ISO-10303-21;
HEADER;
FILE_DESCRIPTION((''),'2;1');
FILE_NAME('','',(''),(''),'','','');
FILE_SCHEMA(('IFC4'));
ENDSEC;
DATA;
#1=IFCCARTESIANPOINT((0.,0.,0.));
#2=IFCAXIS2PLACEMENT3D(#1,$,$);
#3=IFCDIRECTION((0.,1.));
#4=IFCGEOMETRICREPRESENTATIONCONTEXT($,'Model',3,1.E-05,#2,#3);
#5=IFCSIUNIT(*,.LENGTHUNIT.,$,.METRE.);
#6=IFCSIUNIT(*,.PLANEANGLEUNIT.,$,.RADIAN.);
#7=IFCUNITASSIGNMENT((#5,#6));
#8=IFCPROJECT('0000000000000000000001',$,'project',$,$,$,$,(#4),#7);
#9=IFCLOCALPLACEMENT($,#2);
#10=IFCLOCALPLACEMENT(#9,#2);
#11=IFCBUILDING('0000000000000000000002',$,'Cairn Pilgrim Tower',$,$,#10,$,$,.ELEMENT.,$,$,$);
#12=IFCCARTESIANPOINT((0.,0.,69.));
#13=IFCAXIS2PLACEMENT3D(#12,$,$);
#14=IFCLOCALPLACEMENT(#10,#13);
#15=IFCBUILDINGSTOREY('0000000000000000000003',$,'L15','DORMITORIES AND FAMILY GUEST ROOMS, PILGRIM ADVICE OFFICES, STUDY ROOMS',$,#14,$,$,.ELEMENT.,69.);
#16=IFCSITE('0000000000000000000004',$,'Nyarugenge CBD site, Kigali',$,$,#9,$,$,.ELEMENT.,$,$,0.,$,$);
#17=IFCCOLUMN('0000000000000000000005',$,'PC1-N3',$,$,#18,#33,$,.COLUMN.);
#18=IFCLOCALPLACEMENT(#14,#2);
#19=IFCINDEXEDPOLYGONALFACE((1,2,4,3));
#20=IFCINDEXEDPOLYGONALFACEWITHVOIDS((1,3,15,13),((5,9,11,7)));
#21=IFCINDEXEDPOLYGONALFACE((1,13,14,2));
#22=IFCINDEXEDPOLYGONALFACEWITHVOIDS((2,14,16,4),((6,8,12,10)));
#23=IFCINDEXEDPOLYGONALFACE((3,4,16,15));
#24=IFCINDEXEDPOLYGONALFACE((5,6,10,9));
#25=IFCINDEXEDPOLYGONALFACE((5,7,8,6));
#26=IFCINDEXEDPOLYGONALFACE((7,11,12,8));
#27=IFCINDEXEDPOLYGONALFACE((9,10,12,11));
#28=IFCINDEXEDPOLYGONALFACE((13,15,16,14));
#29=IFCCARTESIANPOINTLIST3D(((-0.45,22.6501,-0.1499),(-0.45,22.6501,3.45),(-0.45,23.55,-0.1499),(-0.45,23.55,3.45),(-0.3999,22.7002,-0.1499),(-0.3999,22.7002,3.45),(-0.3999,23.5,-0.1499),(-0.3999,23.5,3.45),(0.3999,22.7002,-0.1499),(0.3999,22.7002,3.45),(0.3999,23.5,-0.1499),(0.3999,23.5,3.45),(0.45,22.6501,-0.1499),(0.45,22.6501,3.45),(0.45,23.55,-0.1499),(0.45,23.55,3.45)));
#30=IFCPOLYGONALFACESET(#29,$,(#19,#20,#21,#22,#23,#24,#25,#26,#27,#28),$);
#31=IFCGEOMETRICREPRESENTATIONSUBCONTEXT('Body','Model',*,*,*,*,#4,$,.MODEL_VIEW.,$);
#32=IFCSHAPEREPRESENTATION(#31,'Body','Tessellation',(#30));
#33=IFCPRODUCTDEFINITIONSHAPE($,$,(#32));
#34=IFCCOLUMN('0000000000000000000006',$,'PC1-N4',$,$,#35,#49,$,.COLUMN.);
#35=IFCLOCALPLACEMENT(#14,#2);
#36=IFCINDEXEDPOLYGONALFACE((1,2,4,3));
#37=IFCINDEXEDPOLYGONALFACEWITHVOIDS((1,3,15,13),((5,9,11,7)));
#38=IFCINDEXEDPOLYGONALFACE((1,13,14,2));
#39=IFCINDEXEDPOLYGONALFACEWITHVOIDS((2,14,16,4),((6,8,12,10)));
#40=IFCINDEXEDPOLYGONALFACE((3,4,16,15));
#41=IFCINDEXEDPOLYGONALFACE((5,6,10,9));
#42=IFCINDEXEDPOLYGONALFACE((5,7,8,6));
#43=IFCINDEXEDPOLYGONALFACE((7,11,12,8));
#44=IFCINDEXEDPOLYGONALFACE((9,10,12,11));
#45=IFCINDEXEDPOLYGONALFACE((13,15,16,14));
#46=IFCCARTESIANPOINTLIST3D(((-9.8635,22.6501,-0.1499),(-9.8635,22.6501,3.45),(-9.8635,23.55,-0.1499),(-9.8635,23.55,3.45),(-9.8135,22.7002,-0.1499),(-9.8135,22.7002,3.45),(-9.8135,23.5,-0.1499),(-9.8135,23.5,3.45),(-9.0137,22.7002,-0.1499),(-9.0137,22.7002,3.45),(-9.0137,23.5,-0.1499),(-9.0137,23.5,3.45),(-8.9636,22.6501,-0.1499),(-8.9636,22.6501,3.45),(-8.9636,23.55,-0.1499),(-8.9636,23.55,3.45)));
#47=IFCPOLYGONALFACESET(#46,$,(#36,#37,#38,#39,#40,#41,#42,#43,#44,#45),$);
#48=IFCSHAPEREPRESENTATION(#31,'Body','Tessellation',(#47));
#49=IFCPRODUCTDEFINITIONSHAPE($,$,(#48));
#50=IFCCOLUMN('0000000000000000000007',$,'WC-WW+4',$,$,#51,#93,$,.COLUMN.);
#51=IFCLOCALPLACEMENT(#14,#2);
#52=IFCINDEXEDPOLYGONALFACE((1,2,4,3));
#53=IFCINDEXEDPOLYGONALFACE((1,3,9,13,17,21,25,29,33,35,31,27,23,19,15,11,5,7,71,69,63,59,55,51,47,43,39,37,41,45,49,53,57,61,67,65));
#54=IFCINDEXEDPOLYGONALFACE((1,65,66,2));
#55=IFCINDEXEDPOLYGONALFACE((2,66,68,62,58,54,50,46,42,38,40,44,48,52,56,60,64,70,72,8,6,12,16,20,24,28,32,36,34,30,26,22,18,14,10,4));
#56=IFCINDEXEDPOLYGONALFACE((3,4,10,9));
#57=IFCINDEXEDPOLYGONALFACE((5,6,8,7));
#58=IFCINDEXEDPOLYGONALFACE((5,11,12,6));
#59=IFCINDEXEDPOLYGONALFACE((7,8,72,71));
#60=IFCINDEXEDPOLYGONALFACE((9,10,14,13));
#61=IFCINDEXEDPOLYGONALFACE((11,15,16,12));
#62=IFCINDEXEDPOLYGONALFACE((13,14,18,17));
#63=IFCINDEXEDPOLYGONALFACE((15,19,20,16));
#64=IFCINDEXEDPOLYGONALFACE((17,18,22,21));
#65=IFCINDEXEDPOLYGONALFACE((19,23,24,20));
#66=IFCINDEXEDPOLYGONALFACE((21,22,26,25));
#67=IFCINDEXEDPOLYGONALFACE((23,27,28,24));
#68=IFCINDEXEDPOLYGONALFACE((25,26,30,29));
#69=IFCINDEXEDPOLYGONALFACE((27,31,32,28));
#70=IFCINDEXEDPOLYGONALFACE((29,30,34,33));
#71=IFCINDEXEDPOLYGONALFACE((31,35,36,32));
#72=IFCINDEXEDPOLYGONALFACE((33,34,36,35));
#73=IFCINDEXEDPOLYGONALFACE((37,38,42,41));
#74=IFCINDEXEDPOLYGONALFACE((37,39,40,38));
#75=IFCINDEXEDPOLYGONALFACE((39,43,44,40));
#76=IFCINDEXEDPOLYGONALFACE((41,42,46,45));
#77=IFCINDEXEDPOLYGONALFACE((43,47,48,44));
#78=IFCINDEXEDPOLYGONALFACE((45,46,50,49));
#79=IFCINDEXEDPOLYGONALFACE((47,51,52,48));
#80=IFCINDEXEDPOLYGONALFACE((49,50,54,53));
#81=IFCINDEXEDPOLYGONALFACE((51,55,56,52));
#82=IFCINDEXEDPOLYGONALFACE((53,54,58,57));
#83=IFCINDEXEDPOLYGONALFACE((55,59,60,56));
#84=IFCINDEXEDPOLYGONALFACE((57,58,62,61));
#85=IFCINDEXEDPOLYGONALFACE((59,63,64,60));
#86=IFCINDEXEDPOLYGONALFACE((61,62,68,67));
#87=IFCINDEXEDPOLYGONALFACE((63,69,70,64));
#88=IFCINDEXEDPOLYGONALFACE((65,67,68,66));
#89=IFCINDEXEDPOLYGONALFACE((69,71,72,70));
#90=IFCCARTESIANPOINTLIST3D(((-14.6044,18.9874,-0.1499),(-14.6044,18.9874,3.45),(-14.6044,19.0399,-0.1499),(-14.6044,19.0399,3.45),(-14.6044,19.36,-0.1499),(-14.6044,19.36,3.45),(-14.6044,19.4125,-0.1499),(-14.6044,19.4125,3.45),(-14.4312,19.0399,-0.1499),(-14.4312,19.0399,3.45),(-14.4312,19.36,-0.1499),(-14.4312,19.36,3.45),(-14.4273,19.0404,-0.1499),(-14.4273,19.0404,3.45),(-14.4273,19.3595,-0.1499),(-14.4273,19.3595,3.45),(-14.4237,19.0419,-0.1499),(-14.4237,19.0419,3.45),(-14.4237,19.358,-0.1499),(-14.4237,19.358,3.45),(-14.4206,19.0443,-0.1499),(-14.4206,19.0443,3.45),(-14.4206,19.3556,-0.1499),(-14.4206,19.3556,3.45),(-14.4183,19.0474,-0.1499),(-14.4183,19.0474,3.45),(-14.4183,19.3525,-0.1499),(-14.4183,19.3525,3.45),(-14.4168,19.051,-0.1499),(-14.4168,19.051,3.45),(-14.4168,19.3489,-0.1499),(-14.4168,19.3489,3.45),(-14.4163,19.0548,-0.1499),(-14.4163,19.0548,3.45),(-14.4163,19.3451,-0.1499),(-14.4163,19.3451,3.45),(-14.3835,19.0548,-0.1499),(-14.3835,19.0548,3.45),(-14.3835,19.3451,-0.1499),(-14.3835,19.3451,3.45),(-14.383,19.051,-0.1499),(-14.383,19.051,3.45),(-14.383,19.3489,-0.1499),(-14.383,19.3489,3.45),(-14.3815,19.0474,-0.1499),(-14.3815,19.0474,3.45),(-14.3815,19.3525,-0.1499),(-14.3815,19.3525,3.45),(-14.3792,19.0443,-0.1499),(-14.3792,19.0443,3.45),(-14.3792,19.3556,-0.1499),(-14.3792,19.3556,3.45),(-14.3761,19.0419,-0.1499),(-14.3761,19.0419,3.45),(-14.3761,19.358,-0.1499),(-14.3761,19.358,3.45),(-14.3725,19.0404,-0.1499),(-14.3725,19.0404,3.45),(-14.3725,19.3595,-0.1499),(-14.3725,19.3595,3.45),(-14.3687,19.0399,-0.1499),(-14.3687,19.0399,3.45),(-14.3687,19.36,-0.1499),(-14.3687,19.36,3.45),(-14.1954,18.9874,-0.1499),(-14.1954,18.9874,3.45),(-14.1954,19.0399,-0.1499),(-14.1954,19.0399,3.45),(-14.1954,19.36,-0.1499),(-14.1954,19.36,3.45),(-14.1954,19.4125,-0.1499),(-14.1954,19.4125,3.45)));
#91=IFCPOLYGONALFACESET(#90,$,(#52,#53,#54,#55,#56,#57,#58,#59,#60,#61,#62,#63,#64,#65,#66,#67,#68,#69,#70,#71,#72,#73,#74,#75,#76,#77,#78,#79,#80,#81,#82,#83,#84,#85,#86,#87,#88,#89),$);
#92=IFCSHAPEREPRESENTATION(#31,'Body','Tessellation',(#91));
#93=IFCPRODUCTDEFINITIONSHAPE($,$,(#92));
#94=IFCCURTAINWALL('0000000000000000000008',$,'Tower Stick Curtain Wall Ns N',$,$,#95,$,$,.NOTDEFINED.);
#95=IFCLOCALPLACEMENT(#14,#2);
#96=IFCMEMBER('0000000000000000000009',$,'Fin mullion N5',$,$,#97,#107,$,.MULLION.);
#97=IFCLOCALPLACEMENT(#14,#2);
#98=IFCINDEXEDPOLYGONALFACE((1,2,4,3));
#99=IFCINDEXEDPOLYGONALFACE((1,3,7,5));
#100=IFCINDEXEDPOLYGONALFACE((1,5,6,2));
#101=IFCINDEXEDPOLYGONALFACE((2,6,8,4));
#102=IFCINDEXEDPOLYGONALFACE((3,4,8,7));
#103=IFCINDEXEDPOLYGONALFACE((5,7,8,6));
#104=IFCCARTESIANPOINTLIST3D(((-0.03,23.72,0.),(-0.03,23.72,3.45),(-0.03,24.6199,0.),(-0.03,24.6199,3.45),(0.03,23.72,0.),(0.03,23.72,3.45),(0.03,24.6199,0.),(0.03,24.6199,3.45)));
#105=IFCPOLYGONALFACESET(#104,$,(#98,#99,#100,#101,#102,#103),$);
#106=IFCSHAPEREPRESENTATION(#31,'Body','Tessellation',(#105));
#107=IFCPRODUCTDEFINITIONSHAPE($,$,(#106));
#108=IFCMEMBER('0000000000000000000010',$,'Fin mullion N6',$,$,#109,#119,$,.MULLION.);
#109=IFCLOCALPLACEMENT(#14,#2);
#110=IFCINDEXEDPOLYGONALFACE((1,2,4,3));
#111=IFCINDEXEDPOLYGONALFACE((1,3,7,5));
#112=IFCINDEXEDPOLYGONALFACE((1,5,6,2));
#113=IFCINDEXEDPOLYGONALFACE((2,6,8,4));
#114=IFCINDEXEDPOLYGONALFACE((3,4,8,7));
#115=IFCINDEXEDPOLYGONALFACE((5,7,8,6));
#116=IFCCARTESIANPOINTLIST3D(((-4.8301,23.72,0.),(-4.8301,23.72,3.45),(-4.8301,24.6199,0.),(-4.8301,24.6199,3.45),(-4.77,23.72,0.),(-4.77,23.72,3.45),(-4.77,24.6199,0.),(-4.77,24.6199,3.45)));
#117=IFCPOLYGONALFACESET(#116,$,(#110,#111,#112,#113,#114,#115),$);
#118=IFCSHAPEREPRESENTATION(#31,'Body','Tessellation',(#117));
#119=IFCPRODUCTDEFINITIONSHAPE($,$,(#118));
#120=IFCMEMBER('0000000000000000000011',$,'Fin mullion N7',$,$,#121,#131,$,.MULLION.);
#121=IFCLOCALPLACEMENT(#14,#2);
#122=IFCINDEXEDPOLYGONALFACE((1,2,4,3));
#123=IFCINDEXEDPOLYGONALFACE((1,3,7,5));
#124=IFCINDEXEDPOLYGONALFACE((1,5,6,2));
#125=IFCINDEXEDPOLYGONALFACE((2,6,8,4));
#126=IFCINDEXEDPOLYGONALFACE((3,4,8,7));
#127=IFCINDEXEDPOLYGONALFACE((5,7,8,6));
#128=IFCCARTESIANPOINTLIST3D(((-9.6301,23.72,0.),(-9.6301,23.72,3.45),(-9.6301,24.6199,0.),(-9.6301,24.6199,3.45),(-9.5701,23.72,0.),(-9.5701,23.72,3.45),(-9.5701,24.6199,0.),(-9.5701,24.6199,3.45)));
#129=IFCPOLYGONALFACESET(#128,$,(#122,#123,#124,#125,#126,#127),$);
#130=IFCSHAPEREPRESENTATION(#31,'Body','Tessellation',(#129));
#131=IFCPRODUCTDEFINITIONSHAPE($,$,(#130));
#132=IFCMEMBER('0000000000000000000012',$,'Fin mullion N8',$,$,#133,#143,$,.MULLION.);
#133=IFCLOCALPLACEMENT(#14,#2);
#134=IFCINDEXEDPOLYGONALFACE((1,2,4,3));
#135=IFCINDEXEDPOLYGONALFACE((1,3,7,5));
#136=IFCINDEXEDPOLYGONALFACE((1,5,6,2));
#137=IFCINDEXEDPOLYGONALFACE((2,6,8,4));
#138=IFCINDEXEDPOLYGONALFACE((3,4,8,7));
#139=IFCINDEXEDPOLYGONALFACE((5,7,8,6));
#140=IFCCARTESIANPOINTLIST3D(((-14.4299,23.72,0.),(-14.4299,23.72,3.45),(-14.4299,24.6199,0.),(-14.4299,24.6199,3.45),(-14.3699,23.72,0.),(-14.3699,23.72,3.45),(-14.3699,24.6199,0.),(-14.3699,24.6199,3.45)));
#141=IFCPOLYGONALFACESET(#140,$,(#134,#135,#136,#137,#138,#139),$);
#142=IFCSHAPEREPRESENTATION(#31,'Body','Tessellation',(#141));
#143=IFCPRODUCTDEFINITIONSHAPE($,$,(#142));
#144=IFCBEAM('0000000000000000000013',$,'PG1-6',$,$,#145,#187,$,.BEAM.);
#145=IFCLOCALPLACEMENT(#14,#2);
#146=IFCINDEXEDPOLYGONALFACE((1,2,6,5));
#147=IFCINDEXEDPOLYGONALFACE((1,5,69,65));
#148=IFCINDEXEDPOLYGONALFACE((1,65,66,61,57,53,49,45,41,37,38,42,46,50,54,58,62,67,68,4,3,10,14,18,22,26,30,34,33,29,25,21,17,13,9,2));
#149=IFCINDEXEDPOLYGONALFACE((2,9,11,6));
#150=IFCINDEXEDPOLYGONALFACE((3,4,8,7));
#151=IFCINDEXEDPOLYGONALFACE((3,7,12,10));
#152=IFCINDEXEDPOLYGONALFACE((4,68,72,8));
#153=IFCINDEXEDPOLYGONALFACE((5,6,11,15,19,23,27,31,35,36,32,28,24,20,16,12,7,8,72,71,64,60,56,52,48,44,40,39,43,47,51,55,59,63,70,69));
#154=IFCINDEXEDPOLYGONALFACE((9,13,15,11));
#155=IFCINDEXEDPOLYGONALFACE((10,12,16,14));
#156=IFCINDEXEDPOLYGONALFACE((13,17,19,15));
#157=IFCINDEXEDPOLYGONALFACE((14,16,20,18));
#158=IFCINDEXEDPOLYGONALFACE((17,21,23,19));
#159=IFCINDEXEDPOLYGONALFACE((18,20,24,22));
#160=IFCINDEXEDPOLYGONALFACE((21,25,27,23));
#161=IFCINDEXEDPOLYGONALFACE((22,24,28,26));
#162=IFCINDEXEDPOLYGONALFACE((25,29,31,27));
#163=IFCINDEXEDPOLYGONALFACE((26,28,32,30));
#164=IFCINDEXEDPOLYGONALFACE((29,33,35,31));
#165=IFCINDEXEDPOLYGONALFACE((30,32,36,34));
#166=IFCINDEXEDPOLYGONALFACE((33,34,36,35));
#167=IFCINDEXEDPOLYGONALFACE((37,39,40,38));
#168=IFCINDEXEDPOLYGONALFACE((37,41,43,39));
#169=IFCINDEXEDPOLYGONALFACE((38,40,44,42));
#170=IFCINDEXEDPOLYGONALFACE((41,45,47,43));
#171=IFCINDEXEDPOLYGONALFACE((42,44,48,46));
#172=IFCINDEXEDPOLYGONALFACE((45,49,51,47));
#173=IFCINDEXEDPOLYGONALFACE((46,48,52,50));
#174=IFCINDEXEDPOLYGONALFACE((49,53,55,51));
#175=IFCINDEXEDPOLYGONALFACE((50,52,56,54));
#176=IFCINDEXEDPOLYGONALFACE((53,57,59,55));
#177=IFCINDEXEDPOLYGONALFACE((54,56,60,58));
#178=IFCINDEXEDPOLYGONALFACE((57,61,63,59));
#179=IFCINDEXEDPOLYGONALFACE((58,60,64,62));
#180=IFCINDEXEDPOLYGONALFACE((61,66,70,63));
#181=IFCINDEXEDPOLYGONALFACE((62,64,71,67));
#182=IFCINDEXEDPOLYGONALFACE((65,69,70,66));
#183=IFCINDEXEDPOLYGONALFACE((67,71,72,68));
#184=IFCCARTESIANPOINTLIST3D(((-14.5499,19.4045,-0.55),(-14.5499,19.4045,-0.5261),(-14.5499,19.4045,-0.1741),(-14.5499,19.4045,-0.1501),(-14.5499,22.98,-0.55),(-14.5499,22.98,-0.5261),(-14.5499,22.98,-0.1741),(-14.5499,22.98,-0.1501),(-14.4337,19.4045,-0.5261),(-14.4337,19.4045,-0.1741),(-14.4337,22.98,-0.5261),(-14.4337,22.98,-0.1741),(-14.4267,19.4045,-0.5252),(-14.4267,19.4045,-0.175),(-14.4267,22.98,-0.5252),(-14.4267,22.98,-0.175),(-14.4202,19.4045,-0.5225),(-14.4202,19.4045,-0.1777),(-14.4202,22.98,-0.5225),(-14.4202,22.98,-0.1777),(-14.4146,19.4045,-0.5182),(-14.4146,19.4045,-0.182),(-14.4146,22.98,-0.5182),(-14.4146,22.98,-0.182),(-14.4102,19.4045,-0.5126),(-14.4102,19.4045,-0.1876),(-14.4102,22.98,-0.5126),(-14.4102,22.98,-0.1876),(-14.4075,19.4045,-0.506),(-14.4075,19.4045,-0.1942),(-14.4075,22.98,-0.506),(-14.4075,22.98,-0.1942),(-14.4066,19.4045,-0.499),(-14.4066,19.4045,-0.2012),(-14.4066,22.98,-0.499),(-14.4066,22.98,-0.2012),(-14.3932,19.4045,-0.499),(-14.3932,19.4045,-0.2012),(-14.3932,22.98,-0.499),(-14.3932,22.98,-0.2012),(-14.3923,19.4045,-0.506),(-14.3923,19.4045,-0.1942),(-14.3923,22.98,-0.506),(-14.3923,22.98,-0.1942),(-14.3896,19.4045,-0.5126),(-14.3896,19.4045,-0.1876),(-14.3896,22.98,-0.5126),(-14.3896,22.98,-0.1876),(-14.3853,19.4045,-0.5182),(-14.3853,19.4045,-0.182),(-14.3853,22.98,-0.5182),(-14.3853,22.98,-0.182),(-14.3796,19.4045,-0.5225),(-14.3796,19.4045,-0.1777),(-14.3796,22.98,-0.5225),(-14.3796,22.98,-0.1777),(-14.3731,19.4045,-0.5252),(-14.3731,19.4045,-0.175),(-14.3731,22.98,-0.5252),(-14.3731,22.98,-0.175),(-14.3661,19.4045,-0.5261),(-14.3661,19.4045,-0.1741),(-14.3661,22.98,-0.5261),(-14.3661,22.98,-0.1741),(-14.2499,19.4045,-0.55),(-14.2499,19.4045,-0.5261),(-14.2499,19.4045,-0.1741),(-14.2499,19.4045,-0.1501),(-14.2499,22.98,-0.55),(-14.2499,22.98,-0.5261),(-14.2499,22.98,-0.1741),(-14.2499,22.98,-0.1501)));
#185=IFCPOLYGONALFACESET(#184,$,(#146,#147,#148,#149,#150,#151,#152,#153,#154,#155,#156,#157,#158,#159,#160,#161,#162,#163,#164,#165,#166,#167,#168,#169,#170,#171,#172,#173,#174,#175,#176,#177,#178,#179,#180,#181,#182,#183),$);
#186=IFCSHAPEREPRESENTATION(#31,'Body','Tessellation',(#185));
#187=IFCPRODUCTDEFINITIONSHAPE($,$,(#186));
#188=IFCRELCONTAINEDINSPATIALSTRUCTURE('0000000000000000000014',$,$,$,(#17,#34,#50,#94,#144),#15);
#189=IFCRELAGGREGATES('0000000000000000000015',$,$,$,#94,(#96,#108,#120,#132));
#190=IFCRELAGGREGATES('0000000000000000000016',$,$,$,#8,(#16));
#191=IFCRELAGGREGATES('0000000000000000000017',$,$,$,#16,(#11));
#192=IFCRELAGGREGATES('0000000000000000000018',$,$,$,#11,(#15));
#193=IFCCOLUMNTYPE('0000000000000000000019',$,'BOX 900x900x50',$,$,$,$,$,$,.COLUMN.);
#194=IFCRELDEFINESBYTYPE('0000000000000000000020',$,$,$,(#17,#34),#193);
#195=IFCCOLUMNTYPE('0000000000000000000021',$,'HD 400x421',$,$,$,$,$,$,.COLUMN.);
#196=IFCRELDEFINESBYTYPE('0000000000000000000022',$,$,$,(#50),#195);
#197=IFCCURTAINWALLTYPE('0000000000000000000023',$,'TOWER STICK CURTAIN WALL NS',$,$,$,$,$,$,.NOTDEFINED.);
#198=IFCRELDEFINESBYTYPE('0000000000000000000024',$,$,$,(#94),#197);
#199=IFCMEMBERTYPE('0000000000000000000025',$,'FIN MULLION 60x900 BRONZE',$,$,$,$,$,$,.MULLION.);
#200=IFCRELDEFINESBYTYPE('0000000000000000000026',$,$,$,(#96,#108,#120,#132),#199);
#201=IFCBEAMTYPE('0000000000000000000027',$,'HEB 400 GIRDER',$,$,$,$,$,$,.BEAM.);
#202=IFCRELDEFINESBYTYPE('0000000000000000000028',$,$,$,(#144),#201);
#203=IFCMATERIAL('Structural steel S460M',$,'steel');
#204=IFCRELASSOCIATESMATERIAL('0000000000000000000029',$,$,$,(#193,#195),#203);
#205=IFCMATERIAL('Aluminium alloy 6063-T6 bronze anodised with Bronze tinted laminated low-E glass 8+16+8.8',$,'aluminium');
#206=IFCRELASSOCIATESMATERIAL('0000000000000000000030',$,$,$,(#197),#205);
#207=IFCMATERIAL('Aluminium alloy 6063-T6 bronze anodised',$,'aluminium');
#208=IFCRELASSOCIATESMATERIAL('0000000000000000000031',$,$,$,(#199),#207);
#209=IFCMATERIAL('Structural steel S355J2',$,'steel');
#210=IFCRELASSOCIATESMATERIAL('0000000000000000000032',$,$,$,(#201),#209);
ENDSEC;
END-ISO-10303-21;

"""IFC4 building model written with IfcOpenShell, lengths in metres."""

from ifc_helpers import new_model, si_unit, direction, frame, origin, origin_2d, place, context, subcontext, project, spatial, rectangle, hollow_rectangle, i_section, extrude, material, material_profile, profile_set, type_object, element, aggregate, save


model = new_model("IFC4")

# Units and contexts
model_context = context("Model", 3, precision=1e-05, world=origin(), true_north=direction((0.0, 1.0)))
body_context = subcontext(model_context, "Body", "Model", "MODEL_VIEW")
ifc_project = project(units=[si_unit("LENGTHUNIT", "METRE"), si_unit("PLANEANGLEUNIT", "RADIAN")], contexts=[model_context])

# Site, building, storey
site_placement = place(None, origin())
site = spatial("IfcSite", under=ifc_project, at=site_placement, Name="Nyarugenge CBD site, Kigali", CompositionType="ELEMENT", RefElevation=0.0)
building_placement = place(site_placement, origin())
building = spatial("IfcBuilding", under=site, at=building_placement, Name="Cairn Pilgrim Tower", CompositionType="ELEMENT")
storey_placement = place(building_placement, frame((0.0, 0.0, 69.0)))
storey = spatial("IfcBuildingStorey", under=building, at=storey_placement, Name="L15", Description="DORMITORIES AND FAMILY GUEST ROOMS, PILGRIM ADVICE OFFICES, STUDY ROOMS", CompositionType="ELEMENT", Elevation=69.0)

# Columns
ifc_material_1 = material(Name="Structural steel S460M", Category="steel")
ifc_material_profile_1 = material_profile(ifc_material_1, hollow_rectangle(XDim=0.8999, YDim=0.8999, WallThickness=0.05, at=origin_2d()), Name="BOX 900x900x50")
ifc_profile_set_1 = profile_set([ifc_material_profile_1], Name="Structural steel S460M")
column_type_1 = type_object("IfcColumnType", Name="BOX 900x900x50", PredefinedType="COLUMN", material=ifc_profile_set_1)
for number, where, z_axis, x_axis, name in (
    (1, (0.0, 23.1001, -0.1499), (0.0, 0.0, 1.0), (1.0, 0.0, 0.0), "PC1-N3"),
    (2, (-9.4136, 23.1001, -0.1499), (0.0, 0.0, 1.0), (1.0, 0.0, 0.0), "PC1-N4"),
):
    element("IfcColumn", number, at=place(storey_placement, frame(where, z_axis=z_axis, x_axis=x_axis)), inside=storey, type_object=column_type_1, Name=name, PredefinedType="COLUMN", context=body_context, shape_type="SweptSolid", body=[
        extrude(hollow_rectangle(XDim=0.8999, YDim=0.8999, WallThickness=0.05, at=origin_2d()), origin(), (0.0, 0.0, 1.0), 3.5999),
    ])
ifc_material_profile_2 = material_profile(ifc_material_1, i_section(OverallWidth=0.4089, OverallDepth=0.425, WebThickness=0.0327, FlangeThickness=0.0525, FilletRadius=0.0149, at=origin_2d()), Name="HD 400x421")
ifc_profile_set_2 = profile_set([ifc_material_profile_2], Name="Structural steel S460M")
column_type_2 = type_object("IfcColumnType", Name="HD 400x421", PredefinedType="COLUMN", material=ifc_profile_set_2)
column_placement = place(storey_placement, frame((-14.3999, 19.2, -0.1499), z_axis=(0.0, 0.0, 1.0), x_axis=(1.0, 0.0, 0.0)))
element("IfcColumn", 3, at=column_placement, inside=storey, type_object=column_type_2, Name="WC-WW+4", PredefinedType="COLUMN", context=body_context, shape_type="SweptSolid", body=[
    extrude(i_section(OverallWidth=0.4089, OverallDepth=0.425, WebThickness=0.0327, FlangeThickness=0.0525, FilletRadius=0.0149, at=origin_2d()), origin(), (0.0, 0.0, 1.0), 3.5999),
])

# Curtain wall, members
ifc_material_2 = material(Name="Aluminium alloy 6063-T6 bronze anodised with Bronze tinted laminated low-E glass 8+16+8.8", Category="aluminium")
curtain_wall_type = type_object("IfcCurtainWallType", Name="TOWER STICK CURTAIN WALL NS", PredefinedType="NOTDEFINED", material=ifc_material_2)
curtain_wall_placement = place(storey_placement, origin())
curtain_wall = element("IfcCurtainWall", 4, at=curtain_wall_placement, inside=storey, type_object=curtain_wall_type, Name="Tower Stick Curtain Wall Ns N", PredefinedType="NOTDEFINED")
ifc_material_3 = material(Name="Aluminium alloy 6063-T6 bronze anodised", Category="aluminium")
ifc_material_profile_3 = material_profile(ifc_material_3, rectangle(XDim=0.8999, YDim=0.0601, at=origin_2d()), Name="FIN MULLION 60x900 BRONZE")
ifc_profile_set_3 = profile_set([ifc_material_profile_3], Name="Aluminium alloy 6063-T6 bronze anodised")
member_type_1 = type_object("IfcMemberType", Name="FIN MULLION 60x900 BRONZE", PredefinedType="MULLION", material=ifc_profile_set_3)
member_1_placement = place(storey_placement, frame((0.0, 24.1699, 0.0), z_axis=(0.0, 0.0, 1.0), x_axis=(0.0, 1.0, 0.0)))
member_1 = element("IfcMember", 5, at=member_1_placement, type_object=member_type_1, Name="Fin mullion N5", PredefinedType="MULLION", context=body_context, shape_type="SweptSolid", body=[
    extrude(rectangle(XDim=0.8999, YDim=0.0601, at=origin_2d()), origin(), (0.0, 0.0, 1.0), 3.45),
])
member_2_placement = place(storey_placement, frame((-4.8, 24.1699, 0.0), z_axis=(0.0, 0.0, 1.0), x_axis=(0.0, 1.0, 0.0)))
member_2 = element("IfcMember", 6, at=member_2_placement, type_object=member_type_1, Name="Fin mullion N6", PredefinedType="MULLION", context=body_context, shape_type="SweptSolid", body=[
    extrude(rectangle(XDim=0.8999, YDim=0.0601, at=origin_2d()), origin(), (0.0, 0.0, 1.0), 3.45),
])
member_3_placement = place(storey_placement, frame((-9.6001, 24.1699, 0.0), z_axis=(0.0, 0.0, 1.0), x_axis=(0.0, 1.0, 0.0)))
member_3 = element("IfcMember", 7, at=member_3_placement, type_object=member_type_1, Name="Fin mullion N7", PredefinedType="MULLION", context=body_context, shape_type="SweptSolid", body=[
    extrude(rectangle(XDim=0.8999, YDim=0.0601, at=origin_2d()), origin(), (0.0, 0.0, 1.0), 3.45),
])
member_4_placement = place(storey_placement, frame((-14.3999, 24.1699, 0.0), z_axis=(0.0, 0.0, 1.0), x_axis=(0.0, 1.0, 0.0)))
member_4 = element("IfcMember", 8, at=member_4_placement, type_object=member_type_1, Name="Fin mullion N8", PredefinedType="MULLION", context=body_context, shape_type="SweptSolid", body=[
    extrude(rectangle(XDim=0.8999, YDim=0.0601, at=origin_2d()), origin(), (0.0, 0.0, 1.0), 3.45),
])

# Beam
ifc_material_4 = material(Name="Structural steel S355J2", Category="steel")
ifc_material_profile_4 = material_profile(ifc_material_4, i_section(OverallWidth=0.3, OverallDepth=0.3999, WebThickness=0.0134, FlangeThickness=0.0239, FilletRadius=0.0271, at=origin_2d()), Name="HEB 400")
ifc_profile_set_4 = profile_set([ifc_material_profile_4], Name="Structural steel S355J2")
beam_type_1 = type_object("IfcBeamType", Name="HEB 400 GIRDER", PredefinedType="BEAM", material=ifc_profile_set_4)
beam_1_placement = place(storey_placement, frame((-14.3999, 19.4045, -0.3501), z_axis=(0.0, 1.0, 0.0), x_axis=(-1.0, 0.0, 0.0)))
element("IfcBeam", 9, at=beam_1_placement, inside=storey, type_object=beam_type_1, Name="PG1-6", PredefinedType="BEAM", context=body_context, shape_type="SweptSolid", body=[
    extrude(i_section(OverallWidth=0.3, OverallDepth=0.3999, WebThickness=0.0134, FlangeThickness=0.0239, FilletRadius=0.0271, at=origin_2d()), origin(), (0.0, 0.0, 1.0), 3.5754),
])

aggregate(curtain_wall, [member_1, member_2, member_3, member_4])

save(model, "model.ifc")
